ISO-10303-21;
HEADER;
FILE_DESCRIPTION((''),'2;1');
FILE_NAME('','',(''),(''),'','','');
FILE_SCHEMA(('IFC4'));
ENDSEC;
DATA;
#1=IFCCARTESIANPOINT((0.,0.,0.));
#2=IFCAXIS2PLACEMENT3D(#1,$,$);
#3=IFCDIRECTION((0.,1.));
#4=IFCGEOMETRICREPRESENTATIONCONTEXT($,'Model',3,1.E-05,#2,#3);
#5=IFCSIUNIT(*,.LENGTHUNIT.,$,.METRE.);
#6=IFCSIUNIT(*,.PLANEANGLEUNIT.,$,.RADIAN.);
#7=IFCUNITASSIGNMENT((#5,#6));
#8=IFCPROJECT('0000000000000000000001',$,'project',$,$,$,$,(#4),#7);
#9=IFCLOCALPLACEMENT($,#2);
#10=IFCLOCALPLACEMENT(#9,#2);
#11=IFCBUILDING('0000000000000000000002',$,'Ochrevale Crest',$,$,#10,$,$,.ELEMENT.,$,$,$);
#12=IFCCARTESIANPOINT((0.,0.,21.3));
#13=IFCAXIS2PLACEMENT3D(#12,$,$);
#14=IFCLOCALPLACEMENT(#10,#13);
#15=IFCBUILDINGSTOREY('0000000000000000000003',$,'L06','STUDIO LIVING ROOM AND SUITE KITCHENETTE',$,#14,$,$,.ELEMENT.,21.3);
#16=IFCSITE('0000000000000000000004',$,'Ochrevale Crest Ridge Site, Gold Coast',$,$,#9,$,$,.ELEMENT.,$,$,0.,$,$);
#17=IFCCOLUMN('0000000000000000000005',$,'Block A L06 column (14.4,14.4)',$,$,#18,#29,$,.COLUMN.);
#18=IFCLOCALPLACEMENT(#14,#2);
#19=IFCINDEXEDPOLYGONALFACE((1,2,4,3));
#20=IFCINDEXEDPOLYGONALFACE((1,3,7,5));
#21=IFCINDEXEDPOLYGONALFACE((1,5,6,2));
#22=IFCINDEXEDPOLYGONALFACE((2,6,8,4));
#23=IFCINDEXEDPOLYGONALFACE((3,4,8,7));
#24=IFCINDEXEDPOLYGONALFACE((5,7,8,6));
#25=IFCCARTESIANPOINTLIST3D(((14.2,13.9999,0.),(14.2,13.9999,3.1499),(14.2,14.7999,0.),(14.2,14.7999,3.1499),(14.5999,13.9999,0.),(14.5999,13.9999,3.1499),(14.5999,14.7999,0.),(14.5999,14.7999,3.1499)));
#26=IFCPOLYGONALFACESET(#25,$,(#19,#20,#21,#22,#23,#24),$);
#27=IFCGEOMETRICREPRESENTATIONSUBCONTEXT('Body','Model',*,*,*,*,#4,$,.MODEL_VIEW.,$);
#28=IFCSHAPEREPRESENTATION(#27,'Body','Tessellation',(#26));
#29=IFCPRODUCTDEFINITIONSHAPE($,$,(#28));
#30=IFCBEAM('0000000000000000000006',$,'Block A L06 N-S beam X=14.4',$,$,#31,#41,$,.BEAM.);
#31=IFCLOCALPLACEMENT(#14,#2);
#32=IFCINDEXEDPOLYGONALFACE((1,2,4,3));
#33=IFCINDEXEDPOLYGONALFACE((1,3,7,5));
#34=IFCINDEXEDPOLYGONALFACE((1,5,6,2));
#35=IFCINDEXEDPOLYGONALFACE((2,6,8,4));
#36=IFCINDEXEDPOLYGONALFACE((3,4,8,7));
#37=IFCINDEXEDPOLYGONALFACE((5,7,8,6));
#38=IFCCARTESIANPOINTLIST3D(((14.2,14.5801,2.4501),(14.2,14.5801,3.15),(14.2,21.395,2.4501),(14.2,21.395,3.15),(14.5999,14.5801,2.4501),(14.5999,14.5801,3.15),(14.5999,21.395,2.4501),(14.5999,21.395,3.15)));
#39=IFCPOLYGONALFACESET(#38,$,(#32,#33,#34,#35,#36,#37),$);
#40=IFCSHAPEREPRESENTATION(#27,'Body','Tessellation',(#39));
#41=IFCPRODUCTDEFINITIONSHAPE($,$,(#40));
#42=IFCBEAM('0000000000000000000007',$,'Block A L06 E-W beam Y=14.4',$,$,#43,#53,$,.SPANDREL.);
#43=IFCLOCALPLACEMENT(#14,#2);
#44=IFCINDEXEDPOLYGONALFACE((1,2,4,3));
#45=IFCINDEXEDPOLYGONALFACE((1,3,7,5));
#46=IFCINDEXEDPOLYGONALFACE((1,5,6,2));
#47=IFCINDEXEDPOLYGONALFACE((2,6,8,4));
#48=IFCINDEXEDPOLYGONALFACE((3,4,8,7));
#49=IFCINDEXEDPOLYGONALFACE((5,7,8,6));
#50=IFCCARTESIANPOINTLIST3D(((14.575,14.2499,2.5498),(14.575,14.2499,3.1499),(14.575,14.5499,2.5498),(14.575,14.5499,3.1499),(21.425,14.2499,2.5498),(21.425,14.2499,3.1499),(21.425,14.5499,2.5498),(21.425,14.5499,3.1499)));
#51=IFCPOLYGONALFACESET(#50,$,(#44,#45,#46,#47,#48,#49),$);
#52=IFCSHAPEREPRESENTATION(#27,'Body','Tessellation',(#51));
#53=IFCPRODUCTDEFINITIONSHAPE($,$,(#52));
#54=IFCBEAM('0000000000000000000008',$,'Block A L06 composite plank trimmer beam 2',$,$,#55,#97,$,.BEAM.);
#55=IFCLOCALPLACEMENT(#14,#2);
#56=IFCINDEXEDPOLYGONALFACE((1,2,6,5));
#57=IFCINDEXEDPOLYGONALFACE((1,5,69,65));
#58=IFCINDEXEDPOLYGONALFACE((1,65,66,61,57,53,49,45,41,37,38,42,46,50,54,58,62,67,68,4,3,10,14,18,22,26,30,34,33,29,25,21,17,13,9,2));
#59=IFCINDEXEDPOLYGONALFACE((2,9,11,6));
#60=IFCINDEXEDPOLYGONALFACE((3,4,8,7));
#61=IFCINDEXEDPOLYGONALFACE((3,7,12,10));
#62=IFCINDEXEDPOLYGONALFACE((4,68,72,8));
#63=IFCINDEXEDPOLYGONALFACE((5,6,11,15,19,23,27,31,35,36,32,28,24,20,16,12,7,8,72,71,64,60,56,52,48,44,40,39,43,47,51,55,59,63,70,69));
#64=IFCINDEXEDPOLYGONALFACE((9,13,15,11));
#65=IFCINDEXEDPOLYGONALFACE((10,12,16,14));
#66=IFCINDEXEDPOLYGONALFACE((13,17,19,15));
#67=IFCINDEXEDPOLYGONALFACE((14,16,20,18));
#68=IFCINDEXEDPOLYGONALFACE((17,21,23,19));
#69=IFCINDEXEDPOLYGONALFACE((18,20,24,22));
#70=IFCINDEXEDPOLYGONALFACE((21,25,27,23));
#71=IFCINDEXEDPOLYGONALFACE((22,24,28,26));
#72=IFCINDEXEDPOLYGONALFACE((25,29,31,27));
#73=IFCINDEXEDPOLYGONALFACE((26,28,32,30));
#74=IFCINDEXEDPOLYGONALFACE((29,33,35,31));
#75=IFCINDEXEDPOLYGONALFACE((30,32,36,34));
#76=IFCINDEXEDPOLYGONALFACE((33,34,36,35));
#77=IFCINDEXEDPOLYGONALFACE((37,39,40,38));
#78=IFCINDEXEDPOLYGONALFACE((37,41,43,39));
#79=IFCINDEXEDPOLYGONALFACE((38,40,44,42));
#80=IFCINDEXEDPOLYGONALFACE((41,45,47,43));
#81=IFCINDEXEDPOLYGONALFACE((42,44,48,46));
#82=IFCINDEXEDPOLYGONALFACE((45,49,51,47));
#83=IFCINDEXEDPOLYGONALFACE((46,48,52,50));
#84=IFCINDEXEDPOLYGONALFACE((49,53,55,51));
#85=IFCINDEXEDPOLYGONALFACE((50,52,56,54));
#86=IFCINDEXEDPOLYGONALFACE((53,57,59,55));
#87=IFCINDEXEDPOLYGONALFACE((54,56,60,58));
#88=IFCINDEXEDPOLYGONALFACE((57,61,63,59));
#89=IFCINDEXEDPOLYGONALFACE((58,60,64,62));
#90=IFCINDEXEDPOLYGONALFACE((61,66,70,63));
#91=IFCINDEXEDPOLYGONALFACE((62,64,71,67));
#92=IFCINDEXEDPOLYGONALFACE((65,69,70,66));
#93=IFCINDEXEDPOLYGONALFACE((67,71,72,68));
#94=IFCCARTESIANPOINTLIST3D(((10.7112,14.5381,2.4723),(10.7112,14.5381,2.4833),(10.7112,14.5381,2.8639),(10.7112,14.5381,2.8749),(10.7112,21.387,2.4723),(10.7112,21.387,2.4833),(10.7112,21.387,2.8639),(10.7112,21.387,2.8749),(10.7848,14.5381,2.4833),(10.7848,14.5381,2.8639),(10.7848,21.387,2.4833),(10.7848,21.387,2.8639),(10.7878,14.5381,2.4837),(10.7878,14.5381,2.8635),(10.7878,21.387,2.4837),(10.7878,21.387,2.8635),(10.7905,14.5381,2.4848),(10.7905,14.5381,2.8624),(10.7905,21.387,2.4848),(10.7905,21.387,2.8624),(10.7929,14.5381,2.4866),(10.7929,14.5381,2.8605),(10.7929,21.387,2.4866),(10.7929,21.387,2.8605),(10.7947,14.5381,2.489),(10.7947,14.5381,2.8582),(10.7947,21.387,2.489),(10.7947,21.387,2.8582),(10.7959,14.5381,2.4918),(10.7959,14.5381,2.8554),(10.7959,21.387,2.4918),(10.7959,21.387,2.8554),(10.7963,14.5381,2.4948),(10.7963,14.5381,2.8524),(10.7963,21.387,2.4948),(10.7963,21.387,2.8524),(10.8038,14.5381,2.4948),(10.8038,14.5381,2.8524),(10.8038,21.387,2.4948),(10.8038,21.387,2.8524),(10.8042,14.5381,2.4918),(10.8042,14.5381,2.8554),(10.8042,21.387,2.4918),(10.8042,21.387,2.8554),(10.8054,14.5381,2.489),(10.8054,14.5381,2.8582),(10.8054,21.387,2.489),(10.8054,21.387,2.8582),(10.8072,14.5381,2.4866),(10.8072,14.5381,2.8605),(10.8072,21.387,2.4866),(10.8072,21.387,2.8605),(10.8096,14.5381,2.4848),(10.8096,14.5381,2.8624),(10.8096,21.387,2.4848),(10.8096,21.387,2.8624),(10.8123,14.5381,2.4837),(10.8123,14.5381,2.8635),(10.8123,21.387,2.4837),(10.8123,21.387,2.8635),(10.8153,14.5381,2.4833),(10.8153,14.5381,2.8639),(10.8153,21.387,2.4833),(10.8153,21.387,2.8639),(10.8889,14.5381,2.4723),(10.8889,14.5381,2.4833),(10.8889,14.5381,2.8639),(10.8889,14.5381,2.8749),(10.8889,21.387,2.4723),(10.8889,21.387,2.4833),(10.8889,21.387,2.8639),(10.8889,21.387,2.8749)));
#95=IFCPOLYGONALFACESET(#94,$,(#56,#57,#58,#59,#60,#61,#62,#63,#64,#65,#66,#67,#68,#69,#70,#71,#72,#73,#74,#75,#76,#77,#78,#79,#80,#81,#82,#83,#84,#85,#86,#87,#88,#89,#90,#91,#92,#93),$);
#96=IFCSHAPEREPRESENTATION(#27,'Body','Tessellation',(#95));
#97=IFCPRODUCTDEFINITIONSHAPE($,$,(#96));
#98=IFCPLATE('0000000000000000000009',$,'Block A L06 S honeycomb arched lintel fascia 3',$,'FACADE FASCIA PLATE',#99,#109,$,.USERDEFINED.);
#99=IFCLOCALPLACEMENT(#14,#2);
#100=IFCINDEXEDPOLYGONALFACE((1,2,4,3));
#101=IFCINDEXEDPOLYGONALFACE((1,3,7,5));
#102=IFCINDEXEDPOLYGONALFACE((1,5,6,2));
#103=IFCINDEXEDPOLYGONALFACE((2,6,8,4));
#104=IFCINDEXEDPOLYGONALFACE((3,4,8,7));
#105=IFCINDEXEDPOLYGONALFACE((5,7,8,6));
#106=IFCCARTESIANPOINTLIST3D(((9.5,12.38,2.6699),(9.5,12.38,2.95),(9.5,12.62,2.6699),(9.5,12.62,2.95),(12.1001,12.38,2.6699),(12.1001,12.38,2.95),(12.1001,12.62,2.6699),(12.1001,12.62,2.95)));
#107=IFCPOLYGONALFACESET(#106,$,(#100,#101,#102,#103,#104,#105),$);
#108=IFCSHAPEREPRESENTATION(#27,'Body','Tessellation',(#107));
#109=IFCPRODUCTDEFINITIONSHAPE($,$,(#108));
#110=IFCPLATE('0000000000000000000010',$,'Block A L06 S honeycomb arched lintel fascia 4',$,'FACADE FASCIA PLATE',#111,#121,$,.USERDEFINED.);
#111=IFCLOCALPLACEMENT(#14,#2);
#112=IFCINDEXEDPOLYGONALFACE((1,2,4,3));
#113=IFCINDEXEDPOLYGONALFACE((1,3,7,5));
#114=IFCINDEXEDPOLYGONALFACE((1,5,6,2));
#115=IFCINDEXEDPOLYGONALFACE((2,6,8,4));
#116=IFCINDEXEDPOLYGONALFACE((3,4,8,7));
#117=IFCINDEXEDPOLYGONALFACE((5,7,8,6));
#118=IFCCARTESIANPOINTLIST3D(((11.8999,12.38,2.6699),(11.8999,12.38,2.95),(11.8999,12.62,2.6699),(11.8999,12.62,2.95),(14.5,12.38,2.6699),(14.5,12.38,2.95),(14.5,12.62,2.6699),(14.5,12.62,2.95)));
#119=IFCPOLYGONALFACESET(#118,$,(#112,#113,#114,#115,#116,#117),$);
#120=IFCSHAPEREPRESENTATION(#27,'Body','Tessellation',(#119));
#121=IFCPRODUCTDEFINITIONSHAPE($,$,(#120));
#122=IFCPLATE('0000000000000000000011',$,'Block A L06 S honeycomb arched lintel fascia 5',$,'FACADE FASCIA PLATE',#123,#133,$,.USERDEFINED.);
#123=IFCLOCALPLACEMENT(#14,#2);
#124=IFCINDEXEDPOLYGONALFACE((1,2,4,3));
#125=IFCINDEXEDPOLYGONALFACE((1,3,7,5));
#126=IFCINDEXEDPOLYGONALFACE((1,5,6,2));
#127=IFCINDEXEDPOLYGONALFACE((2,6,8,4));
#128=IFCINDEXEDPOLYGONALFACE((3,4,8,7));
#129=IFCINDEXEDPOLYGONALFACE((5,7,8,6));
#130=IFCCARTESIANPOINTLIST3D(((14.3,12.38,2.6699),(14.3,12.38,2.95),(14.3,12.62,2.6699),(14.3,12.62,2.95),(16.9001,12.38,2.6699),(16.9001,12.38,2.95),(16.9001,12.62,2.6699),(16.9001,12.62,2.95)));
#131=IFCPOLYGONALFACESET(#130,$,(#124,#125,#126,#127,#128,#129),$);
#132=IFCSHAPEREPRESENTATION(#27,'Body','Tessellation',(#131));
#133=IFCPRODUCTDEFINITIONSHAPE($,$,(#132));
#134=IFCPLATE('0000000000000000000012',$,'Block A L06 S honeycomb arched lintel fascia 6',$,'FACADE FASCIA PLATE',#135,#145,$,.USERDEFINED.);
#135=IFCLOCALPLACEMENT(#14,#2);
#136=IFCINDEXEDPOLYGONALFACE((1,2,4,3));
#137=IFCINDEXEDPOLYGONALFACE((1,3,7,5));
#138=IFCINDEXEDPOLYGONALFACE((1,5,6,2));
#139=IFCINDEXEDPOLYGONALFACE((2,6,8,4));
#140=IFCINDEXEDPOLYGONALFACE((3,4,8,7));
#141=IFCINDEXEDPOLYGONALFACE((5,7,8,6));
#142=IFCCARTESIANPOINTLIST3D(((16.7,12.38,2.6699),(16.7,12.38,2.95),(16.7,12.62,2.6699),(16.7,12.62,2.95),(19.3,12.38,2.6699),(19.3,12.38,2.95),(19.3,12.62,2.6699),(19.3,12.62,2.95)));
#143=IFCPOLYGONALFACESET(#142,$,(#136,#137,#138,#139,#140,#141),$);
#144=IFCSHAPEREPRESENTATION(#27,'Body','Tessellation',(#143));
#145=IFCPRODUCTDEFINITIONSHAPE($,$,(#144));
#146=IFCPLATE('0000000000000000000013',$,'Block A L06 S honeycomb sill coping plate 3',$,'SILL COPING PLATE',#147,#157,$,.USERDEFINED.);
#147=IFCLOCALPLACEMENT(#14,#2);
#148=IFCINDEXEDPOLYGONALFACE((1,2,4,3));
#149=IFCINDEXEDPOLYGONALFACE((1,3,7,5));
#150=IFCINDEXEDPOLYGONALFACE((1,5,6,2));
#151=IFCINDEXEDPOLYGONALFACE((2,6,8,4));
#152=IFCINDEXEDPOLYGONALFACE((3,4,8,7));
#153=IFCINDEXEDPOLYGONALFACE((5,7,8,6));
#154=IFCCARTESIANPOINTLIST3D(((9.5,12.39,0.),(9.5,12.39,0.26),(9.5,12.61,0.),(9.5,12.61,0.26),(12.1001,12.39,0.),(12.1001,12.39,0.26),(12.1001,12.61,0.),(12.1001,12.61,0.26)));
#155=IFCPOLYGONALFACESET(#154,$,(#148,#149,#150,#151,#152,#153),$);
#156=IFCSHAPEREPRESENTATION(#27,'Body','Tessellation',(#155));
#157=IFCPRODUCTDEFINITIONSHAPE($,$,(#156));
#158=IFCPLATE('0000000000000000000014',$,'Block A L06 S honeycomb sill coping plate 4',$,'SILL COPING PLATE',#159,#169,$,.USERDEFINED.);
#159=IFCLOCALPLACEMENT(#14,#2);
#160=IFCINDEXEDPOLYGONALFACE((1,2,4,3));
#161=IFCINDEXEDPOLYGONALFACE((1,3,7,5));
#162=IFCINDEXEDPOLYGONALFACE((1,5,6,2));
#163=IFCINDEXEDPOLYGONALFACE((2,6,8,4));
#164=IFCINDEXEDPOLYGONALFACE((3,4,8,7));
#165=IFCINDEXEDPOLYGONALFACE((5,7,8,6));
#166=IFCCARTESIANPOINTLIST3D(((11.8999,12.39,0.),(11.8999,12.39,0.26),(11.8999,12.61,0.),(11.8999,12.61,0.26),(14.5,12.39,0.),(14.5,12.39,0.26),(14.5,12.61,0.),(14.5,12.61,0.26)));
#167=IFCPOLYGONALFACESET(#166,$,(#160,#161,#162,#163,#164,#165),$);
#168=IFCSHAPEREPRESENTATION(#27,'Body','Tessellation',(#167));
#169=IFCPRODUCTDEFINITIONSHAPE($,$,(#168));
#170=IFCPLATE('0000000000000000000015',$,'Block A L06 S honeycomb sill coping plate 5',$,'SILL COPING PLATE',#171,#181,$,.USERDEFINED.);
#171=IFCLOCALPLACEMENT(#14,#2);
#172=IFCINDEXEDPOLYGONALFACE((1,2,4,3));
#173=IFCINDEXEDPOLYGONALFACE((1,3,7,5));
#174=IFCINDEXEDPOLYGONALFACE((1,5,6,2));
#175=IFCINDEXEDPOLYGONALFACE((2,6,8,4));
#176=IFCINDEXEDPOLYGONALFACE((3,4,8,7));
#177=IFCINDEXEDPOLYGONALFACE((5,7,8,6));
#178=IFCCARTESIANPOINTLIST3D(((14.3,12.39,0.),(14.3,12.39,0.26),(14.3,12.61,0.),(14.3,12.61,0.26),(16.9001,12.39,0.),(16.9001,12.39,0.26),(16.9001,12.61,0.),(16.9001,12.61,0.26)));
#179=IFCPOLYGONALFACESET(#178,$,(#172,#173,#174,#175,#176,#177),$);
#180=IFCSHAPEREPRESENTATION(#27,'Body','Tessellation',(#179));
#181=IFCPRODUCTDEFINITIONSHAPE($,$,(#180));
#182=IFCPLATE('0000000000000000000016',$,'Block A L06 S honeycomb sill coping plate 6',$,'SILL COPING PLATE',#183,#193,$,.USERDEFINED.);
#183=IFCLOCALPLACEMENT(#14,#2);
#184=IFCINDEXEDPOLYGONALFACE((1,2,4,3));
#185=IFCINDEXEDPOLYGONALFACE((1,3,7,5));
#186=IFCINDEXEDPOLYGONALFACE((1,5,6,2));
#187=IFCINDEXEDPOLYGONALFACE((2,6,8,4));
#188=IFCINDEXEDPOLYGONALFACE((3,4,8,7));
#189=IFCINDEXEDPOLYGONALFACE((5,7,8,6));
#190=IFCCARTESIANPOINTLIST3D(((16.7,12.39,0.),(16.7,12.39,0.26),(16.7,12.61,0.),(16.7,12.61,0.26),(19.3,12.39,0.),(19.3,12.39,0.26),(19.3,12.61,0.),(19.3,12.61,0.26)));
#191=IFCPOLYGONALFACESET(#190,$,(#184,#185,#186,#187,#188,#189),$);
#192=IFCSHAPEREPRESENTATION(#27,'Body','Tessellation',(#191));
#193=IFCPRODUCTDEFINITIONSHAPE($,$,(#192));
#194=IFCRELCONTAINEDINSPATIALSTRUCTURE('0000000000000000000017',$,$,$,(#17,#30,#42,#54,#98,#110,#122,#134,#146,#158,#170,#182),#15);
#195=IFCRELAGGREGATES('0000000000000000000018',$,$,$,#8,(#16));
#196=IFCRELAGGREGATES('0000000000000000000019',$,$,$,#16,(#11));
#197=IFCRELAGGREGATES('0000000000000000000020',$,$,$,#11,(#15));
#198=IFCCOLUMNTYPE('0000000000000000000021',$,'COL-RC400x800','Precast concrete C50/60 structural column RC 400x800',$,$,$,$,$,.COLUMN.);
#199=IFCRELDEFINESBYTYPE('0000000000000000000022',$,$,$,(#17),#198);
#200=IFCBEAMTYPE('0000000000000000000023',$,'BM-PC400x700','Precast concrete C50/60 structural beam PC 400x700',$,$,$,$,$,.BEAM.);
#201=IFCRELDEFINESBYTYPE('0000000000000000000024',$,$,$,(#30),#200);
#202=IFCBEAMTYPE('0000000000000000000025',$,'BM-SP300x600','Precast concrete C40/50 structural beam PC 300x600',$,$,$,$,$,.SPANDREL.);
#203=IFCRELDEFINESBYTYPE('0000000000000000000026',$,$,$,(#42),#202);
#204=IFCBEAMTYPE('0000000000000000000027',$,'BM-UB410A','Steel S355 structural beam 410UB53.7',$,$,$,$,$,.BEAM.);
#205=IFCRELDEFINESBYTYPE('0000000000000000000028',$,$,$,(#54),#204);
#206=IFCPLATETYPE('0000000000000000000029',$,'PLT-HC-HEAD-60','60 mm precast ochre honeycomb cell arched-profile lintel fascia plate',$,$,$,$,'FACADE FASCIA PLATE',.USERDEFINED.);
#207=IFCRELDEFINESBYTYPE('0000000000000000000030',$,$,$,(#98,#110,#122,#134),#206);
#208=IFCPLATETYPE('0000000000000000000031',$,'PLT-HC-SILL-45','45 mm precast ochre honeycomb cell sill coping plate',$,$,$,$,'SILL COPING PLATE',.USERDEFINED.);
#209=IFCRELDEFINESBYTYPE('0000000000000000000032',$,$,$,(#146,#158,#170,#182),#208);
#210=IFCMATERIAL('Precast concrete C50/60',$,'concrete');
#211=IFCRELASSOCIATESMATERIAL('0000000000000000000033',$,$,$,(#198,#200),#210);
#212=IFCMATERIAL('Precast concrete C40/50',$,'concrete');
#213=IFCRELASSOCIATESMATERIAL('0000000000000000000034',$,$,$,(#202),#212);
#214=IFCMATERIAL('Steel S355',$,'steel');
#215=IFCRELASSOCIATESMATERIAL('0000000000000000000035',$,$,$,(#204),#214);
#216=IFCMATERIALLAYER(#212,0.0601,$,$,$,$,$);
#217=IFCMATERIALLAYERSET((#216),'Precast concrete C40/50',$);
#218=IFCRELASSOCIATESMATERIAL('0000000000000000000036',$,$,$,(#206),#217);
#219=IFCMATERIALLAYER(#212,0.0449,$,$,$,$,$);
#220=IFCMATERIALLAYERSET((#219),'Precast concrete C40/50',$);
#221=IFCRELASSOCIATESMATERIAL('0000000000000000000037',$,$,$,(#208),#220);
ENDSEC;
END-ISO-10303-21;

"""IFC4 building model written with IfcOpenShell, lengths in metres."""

from ifc_helpers import new_model, si_unit, direction, frame, origin, origin_2d, place, context, subcontext, project, spatial, rectangle, i_section, extrude, material, layer, layer_set, material_profile, profile_set, type_object, element, save


model = new_model("IFC4")

# Units and contexts
model_context = context("Model", 3, precision=1e-05, world=origin(), true_north=direction((0.0, 1.0)))
body_context = subcontext(model_context, "Body", "Model", "MODEL_VIEW")
ifc_project = project(units=[si_unit("LENGTHUNIT", "METRE"), si_unit("PLANEANGLEUNIT", "RADIAN")], contexts=[model_context])

# Site, building, storey
site_placement = place(None, origin())
site = spatial("IfcSite", under=ifc_project, at=site_placement, Name="Ochrevale Crest Ridge Site, Gold Coast", CompositionType="ELEMENT", RefElevation=0.0)
building_placement = place(site_placement, origin())
building = spatial("IfcBuilding", under=site, at=building_placement, Name="Ochrevale Crest", CompositionType="ELEMENT")
storey_placement = place(building_placement, frame((0.0, 0.0, 21.3)))
storey = spatial("IfcBuildingStorey", under=building, at=storey_placement, Name="L06", Description="STUDIO LIVING ROOM AND SUITE KITCHENETTE", CompositionType="ELEMENT", Elevation=21.3)

# Column
ifc_material_1 = material(Name="Precast concrete C50/60", Category="concrete")
ifc_material_profile_1 = material_profile(ifc_material_1, rectangle(XDim=0.3999, YDim=0.8, at=origin_2d()), Name="RC 400x800")
ifc_profile_set_1 = profile_set([ifc_material_profile_1], Name="Precast concrete C50/60")
column_type = type_object("IfcColumnType", Name="COL-RC400x800", Description="Precast concrete C50/60 structural column RC 400x800", PredefinedType="COLUMN", material=ifc_profile_set_1)
column_placement = place(storey_placement, frame((14.3999, 14.3999, 0.0), z_axis=(0.0, 0.0, 1.0), x_axis=(1.0, 0.0, 0.0)))
element("IfcColumn", 1, at=column_placement, inside=storey, type_object=column_type, Name="Block A L06 column (14.4,14.4)", PredefinedType="COLUMN", context=body_context, shape_type="SweptSolid", body=[
    extrude(rectangle(XDim=0.3999, YDim=0.8, at=origin_2d()), origin(), (0.0, 0.0, 1.0), 3.1499),
])

# Beams
ifc_material_profile_2 = material_profile(ifc_material_1, rectangle(XDim=0.3999, YDim=0.7, at=origin_2d()), Name="PC 400x700")
ifc_profile_set_2 = profile_set([ifc_material_profile_2], Name="Precast concrete C50/60")
beam_type_1 = type_object("IfcBeamType", Name="BM-PC400x700", Description="Precast concrete C50/60 structural beam PC 400x700", PredefinedType="BEAM", material=ifc_profile_set_2)
beam_1_placement = place(storey_placement, frame((14.3999, 14.5801, 2.8), z_axis=(0.0, 1.0, 0.0), x_axis=(-1.0, 0.0, 0.0)))
element("IfcBeam", 2, at=beam_1_placement, inside=storey, type_object=beam_type_1, Name="Block A L06 N-S beam X=14.4", PredefinedType="BEAM", context=body_context, shape_type="SweptSolid", body=[
    extrude(rectangle(XDim=0.3999, YDim=0.7, at=origin_2d()), origin(), (0.0, 0.0, 1.0), 6.8149),
])
ifc_material_2 = material(Name="Precast concrete C40/50", Category="concrete")
ifc_material_profile_3 = material_profile(ifc_material_2, rectangle(XDim=0.3, YDim=0.6001, at=origin_2d()), Name="PC 300x600")
ifc_profile_set_3 = profile_set([ifc_material_profile_3], Name="Precast concrete C40/50")
beam_type_2 = type_object("IfcBeamType", Name="BM-SP300x600", Description="Precast concrete C40/50 structural beam PC 300x600", PredefinedType="SPANDREL", material=ifc_profile_set_3)
beam_2_placement = place(storey_placement, frame((14.575, 14.3999, 2.8499), z_axis=(1.0, 0.0, 0.0), x_axis=(0.0, 1.0, 0.0)))
element("IfcBeam", 3, at=beam_2_placement, inside=storey, type_object=beam_type_2, Name="Block A L06 E-W beam Y=14.4", PredefinedType="SPANDREL", context=body_context, shape_type="SweptSolid", body=[
    extrude(rectangle(XDim=0.3, YDim=0.6001, at=origin_2d()), origin(), (0.0, 0.0, 1.0), 6.8501),
])
ifc_material_3 = material(Name="Steel S355", Category="steel")
ifc_material_profile_4 = material_profile(ifc_material_3, i_section(OverallWidth=0.1777, OverallDepth=0.4026, WebThickness=0.0076, FlangeThickness=0.011, FilletRadius=0.0115, at=origin_2d()), Name="410UB53.7")
ifc_profile_set_4 = profile_set([ifc_material_profile_4], Name="Steel S355")
beam_type_3 = type_object("IfcBeamType", Name="BM-UB410A", Description="Steel S355 structural beam 410UB53.7", PredefinedType="BEAM", material=ifc_profile_set_4)
beam_3_placement = place(storey_placement, frame((10.8, 14.5381, 2.6736), z_axis=(0.0, 1.0, 0.0), x_axis=(-1.0, 0.0, 0.0)))
element("IfcBeam", 4, at=beam_3_placement, inside=storey, type_object=beam_type_3, Name="Block A L06 composite plank trimmer beam 2", PredefinedType="BEAM", context=body_context, shape_type="SweptSolid", body=[
    extrude(i_section(OverallWidth=0.1777, OverallDepth=0.4026, WebThickness=0.0076, FlangeThickness=0.011, FilletRadius=0.0115, at=origin_2d()), origin(), (0.0, 0.0, 1.0), 6.8489),
])

# Plates
ifc_layer_1 = layer(ifc_material_2, 0.0601)
ifc_layer_set_1 = layer_set([ifc_layer_1], Name="Precast concrete C40/50")
plate_type_1 = type_object("IfcPlateType", Name="PLT-HC-HEAD-60", Description="60 mm precast ochre honeycomb cell arched-profile lintel fascia plate", ElementType="FACADE FASCIA PLATE", PredefinedType="USERDEFINED", material=ifc_layer_set_1)
for number, where, z_axis, x_axis, name in (
    (5, (10.8, 12.5, 2.6699), (0.0, 0.0, 1.0), (1.0, 0.0, 0.0), "Block A L06 S honeycomb arched lintel fascia 3"),
    (6, (13.2, 12.5, 2.6699), (0.0, 0.0, 1.0), (1.0, 0.0, 0.0), "Block A L06 S honeycomb arched lintel fascia 4"),
    (7, (15.6001, 12.5, 2.6699), (0.0, 0.0, 1.0), (1.0, 0.0, 0.0), "Block A L06 S honeycomb arched lintel fascia 5"),
    (8, (18.0, 12.5, 2.6699), (0.0, 0.0, 1.0), (1.0, 0.0, 0.0), "Block A L06 S honeycomb arched lintel fascia 6"),
):
    element("IfcPlate", number, at=place(storey_placement, frame(where, z_axis=z_axis, x_axis=x_axis)), inside=storey, type_object=plate_type_1, Name=name, ObjectType="FACADE FASCIA PLATE", PredefinedType="USERDEFINED", context=body_context, shape_type="SweptSolid", body=[
        extrude(rectangle(XDim=2.6001, YDim=0.24, at=origin_2d()), origin(), (0.0, 0.0, 1.0), 0.28),
    ])
ifc_layer_2 = layer(ifc_material_2, 0.0449)
ifc_layer_set_2 = layer_set([ifc_layer_2], Name="Precast concrete C40/50")
plate_type_2 = type_object("IfcPlateType", Name="PLT-HC-SILL-45", Description="45 mm precast ochre honeycomb cell sill coping plate", ElementType="SILL COPING PLATE", PredefinedType="USERDEFINED", material=ifc_layer_set_2)
for number, where, z_axis, x_axis, name in (
    (9, (10.8, 12.5, 0.0), (0.0, 0.0, 1.0), (1.0, 0.0, 0.0), "Block A L06 S honeycomb sill coping plate 3"),
    (10, (13.2, 12.5, 0.0), (0.0, 0.0, 1.0), (1.0, 0.0, 0.0), "Block A L06 S honeycomb sill coping plate 4"),
    (11, (15.6001, 12.5, 0.0), (0.0, 0.0, 1.0), (1.0, 0.0, 0.0), "Block A L06 S honeycomb sill coping plate 5"),
    (12, (18.0, 12.5, 0.0), (0.0, 0.0, 1.0), (1.0, 0.0, 0.0), "Block A L06 S honeycomb sill coping plate 6"),
):
    element("IfcPlate", number, at=place(storey_placement, frame(where, z_axis=z_axis, x_axis=x_axis)), inside=storey, type_object=plate_type_2, Name=name, ObjectType="SILL COPING PLATE", PredefinedType="USERDEFINED", context=body_context, shape_type="SweptSolid", body=[
        extrude(rectangle(XDim=2.6001, YDim=0.22, at=origin_2d()), origin(), (0.0, 0.0, 1.0), 0.26),
    ])

save(model, "model.ifc")
